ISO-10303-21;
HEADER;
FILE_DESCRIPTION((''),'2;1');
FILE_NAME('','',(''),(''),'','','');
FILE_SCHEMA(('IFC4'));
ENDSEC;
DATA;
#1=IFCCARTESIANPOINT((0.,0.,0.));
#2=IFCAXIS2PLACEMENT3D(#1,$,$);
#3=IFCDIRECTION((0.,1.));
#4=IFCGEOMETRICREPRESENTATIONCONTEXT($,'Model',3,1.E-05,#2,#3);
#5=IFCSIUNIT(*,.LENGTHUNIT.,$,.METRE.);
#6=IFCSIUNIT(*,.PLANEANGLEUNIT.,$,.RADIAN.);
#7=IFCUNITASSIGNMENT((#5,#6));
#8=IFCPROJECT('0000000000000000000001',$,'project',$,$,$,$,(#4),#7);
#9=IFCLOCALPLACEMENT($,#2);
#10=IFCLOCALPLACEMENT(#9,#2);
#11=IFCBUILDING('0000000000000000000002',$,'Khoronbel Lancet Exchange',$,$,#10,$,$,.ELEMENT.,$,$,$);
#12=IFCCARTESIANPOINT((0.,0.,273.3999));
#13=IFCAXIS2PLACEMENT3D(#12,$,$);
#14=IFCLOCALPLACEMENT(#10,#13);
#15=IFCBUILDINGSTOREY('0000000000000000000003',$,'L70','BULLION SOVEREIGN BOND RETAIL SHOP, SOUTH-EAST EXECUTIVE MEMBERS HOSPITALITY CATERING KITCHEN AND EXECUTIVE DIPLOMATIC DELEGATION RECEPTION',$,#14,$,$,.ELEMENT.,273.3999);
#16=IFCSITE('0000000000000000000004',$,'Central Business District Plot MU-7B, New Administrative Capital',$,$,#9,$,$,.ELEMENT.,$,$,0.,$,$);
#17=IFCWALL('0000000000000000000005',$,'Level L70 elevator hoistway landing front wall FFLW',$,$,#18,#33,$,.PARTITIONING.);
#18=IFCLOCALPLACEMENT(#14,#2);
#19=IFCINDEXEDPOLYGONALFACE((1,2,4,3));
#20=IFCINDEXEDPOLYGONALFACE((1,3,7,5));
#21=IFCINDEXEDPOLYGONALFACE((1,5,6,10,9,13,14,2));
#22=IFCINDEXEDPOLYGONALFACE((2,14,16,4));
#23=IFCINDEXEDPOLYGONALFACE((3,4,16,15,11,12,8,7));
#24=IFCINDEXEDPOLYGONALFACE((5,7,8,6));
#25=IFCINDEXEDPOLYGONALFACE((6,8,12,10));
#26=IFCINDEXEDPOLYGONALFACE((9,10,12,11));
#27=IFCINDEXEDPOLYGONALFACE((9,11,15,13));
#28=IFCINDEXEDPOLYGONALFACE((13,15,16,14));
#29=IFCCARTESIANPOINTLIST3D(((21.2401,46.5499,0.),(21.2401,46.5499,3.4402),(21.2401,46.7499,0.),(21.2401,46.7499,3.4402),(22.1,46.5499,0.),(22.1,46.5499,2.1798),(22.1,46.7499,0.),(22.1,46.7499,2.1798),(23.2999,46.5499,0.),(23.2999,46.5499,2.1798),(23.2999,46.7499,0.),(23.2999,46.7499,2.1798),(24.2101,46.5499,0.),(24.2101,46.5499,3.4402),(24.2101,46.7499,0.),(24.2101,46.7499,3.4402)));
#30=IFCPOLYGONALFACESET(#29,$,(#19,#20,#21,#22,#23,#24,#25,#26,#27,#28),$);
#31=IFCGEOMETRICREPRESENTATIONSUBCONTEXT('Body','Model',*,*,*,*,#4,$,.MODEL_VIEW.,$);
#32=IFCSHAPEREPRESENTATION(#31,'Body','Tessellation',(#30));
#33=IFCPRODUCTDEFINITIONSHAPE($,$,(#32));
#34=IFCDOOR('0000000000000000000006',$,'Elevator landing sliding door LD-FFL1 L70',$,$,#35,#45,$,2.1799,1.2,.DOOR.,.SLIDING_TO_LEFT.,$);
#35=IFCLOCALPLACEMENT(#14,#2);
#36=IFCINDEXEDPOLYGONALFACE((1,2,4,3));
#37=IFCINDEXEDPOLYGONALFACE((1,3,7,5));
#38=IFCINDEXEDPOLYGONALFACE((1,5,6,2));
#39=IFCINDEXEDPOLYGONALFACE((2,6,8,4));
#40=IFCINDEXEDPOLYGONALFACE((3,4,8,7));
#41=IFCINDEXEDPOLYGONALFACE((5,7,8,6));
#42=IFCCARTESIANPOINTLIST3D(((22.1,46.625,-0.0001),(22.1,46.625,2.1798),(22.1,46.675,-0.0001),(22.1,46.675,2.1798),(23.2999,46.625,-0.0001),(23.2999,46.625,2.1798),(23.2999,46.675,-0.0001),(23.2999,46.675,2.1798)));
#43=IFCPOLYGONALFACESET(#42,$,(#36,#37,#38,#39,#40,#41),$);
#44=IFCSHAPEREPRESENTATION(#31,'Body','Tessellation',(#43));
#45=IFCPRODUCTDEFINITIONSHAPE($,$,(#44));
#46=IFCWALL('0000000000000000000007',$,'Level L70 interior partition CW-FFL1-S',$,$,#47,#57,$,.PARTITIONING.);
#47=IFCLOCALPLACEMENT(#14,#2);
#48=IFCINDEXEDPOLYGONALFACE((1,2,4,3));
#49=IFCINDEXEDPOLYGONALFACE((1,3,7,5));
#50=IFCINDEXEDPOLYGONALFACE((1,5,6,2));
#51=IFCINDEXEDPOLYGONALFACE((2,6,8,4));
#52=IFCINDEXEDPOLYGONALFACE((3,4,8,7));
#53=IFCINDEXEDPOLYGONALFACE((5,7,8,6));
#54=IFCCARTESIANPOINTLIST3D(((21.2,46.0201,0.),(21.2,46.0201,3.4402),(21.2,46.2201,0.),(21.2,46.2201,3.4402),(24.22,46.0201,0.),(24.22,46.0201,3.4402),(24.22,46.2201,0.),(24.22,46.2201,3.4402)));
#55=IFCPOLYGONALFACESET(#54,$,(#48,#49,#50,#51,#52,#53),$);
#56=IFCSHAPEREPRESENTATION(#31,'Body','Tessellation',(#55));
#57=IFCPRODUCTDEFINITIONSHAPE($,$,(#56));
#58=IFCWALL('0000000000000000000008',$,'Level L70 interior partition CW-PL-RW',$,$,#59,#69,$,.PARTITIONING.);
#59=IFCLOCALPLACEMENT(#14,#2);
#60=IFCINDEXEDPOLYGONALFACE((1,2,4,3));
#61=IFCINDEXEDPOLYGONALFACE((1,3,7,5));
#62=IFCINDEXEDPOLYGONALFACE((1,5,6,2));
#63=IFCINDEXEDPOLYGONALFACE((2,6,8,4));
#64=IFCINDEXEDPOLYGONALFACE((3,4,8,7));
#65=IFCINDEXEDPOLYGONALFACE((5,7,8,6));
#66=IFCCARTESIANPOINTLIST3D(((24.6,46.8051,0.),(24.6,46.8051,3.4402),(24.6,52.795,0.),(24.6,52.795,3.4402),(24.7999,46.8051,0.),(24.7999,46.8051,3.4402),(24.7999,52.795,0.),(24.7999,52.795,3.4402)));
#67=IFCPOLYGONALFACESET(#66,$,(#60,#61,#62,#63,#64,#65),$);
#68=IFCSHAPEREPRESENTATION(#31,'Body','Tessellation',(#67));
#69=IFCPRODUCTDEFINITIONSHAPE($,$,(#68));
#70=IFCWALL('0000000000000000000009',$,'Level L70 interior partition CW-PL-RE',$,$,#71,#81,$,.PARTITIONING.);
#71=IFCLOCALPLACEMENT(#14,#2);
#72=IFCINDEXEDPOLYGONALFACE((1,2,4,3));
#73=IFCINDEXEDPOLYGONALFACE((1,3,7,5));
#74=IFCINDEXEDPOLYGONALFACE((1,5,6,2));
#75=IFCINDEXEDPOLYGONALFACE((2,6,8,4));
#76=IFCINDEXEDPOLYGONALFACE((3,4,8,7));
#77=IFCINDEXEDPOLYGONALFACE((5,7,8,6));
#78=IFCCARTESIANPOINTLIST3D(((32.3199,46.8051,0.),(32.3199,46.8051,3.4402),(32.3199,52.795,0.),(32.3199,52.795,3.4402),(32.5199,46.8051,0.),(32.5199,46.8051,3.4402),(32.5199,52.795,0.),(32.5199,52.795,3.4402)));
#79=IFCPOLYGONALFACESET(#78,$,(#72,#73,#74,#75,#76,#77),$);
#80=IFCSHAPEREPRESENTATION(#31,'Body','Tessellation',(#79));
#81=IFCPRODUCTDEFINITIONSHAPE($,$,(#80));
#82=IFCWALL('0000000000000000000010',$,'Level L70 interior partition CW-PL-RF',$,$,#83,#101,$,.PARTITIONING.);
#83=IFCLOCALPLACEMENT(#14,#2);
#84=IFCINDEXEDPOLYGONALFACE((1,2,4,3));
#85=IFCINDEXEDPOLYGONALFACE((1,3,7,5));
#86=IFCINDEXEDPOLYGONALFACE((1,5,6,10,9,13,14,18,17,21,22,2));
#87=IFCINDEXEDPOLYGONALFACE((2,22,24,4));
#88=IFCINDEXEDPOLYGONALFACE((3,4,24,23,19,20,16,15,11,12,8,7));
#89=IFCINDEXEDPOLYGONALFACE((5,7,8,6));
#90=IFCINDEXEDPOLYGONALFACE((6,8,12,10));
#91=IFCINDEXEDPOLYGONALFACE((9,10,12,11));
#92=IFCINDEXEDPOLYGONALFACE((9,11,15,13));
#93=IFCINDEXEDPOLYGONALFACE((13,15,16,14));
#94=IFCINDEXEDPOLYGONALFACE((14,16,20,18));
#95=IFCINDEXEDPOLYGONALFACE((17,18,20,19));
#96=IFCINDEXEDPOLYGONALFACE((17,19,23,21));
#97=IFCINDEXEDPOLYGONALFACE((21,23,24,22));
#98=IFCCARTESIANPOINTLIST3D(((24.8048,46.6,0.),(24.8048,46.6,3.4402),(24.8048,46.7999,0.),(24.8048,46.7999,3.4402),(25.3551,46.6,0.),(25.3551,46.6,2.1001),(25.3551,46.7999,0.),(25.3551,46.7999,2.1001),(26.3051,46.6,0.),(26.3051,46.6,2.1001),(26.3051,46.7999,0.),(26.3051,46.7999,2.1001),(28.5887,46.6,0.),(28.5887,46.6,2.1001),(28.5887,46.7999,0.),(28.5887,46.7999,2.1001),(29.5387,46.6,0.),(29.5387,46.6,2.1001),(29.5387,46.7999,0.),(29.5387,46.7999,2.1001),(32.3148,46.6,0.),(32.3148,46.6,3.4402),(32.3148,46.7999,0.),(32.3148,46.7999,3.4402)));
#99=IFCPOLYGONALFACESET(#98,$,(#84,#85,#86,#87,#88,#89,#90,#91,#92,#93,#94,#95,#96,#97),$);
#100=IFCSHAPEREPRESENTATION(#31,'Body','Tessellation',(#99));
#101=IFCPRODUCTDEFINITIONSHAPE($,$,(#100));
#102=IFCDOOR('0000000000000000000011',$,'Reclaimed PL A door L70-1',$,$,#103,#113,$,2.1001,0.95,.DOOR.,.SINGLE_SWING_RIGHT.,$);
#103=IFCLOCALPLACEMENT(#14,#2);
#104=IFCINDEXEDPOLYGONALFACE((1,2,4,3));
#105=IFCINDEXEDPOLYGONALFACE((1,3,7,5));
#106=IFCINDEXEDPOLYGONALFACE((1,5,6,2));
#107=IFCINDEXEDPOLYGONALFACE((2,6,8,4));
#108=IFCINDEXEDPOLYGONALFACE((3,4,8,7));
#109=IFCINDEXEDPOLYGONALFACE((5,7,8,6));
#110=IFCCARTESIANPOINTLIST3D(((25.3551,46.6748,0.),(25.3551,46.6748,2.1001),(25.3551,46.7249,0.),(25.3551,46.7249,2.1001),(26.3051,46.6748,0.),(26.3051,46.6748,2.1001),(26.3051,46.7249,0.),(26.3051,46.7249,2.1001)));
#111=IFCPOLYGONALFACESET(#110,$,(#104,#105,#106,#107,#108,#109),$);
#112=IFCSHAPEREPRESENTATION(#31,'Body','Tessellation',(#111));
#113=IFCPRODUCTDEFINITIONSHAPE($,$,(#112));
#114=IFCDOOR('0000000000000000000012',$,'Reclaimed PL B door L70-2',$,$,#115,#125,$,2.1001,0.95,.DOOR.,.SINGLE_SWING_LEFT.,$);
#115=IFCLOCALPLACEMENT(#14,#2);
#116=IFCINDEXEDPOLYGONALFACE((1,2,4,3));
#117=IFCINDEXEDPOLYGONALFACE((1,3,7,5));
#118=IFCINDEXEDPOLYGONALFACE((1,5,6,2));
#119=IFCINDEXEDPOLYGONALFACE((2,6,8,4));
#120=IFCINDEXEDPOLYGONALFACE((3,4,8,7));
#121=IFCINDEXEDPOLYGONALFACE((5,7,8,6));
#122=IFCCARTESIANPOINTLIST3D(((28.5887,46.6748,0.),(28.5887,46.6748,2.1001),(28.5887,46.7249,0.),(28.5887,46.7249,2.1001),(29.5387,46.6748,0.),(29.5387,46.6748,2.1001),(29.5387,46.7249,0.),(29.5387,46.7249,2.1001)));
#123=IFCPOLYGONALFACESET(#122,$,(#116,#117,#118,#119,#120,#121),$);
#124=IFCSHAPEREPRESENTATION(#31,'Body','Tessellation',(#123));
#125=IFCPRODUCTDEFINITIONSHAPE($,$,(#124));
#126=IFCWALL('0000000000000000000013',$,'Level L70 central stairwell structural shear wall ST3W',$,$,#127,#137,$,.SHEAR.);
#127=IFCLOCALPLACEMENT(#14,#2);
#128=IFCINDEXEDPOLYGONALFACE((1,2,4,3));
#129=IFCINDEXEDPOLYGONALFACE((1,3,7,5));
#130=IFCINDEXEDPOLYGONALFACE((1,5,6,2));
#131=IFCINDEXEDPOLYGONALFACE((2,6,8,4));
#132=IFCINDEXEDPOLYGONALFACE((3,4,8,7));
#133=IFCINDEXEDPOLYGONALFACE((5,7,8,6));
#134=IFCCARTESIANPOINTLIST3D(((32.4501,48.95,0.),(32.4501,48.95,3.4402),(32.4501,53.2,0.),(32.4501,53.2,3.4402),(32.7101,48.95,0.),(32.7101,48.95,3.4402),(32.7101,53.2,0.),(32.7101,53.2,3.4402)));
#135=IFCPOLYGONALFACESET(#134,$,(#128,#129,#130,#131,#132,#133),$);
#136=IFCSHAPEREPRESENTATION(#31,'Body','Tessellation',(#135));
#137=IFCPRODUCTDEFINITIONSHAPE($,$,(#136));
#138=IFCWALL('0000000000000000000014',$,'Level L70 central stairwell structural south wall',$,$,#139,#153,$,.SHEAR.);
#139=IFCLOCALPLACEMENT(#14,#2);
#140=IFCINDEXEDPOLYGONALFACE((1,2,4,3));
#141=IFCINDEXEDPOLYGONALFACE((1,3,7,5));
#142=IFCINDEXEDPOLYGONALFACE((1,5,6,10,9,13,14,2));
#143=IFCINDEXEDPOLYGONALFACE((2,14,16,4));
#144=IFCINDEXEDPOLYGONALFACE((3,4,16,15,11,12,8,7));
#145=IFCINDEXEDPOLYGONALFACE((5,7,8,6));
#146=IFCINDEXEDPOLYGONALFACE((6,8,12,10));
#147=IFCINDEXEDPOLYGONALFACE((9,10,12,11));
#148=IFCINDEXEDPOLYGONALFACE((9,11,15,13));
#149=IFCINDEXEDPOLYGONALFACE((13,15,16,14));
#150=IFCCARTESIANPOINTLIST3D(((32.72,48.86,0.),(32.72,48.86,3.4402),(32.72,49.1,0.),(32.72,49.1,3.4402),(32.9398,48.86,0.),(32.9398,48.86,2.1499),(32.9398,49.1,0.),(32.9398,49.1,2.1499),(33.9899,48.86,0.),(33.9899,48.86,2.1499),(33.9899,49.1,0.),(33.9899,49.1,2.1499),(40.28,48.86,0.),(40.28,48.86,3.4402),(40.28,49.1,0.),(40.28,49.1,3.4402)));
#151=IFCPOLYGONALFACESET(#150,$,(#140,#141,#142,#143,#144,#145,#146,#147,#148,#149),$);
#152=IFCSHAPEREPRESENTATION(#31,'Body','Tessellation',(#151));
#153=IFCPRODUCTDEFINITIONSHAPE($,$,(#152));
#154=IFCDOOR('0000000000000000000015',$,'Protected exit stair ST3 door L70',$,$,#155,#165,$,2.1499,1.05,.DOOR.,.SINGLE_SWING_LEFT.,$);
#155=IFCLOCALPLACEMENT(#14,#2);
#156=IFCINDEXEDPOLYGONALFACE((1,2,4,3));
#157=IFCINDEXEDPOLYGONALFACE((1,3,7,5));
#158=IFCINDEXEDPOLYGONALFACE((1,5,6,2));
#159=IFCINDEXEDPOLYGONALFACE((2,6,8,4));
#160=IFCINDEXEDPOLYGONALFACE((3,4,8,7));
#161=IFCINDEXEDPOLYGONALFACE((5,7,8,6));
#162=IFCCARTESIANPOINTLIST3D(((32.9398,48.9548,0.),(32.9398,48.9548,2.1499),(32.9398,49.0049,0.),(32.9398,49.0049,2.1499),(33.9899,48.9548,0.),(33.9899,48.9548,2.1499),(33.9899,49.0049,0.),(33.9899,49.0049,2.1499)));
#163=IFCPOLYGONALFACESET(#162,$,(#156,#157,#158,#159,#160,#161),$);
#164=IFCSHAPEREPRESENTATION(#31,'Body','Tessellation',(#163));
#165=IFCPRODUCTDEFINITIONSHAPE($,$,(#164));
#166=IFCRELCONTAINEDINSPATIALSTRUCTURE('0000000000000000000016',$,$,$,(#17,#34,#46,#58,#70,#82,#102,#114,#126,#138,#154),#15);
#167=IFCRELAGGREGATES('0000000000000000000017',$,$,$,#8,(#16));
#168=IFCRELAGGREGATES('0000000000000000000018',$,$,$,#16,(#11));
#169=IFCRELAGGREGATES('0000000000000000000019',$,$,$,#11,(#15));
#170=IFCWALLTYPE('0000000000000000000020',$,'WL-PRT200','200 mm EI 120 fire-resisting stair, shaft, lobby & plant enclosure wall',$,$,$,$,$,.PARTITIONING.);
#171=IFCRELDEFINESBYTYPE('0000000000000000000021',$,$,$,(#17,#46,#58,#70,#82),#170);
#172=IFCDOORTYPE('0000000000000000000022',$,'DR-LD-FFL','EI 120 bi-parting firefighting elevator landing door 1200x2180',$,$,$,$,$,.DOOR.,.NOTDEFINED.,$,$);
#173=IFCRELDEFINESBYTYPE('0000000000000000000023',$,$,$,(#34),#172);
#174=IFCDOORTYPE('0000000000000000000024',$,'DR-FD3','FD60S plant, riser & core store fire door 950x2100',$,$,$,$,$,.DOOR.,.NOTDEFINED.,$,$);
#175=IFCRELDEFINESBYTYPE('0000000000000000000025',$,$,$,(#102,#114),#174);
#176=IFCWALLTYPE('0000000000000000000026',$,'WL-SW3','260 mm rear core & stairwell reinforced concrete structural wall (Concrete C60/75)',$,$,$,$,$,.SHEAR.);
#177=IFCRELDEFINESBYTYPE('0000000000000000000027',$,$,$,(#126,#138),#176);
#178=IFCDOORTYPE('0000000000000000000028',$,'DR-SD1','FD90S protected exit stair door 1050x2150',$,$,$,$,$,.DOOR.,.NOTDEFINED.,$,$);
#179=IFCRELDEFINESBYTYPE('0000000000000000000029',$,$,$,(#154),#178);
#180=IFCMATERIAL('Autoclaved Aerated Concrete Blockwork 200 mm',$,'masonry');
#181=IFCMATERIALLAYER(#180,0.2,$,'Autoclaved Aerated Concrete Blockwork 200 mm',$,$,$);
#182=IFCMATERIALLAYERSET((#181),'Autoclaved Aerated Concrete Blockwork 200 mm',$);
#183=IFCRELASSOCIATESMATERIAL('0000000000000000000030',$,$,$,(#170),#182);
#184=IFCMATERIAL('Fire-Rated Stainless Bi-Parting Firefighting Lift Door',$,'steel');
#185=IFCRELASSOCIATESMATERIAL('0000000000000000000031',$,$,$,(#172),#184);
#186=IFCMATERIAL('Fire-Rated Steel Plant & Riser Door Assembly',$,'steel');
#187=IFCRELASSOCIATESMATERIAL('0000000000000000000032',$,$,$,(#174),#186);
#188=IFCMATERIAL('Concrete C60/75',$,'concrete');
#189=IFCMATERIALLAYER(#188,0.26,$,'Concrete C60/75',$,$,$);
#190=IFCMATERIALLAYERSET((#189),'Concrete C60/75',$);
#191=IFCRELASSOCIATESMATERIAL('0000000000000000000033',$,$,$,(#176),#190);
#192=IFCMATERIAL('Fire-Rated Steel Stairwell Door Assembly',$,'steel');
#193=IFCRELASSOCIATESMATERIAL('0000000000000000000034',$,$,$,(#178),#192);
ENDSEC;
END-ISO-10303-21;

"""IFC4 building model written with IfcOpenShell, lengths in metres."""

from ifc_helpers import new_model, si_unit, direction, frame, frame_2d, origin, place, context, subcontext, project, spatial, rectangle, extrude, material, layer, layer_set, type_object, element, fill, save


model = new_model("IFC4")

# Units and contexts
model_context = context("Model", 3, precision=1e-05, world=origin(), true_north=direction((0.0, 1.0)))
body_context = subcontext(model_context, "Body", "Model", "MODEL_VIEW")
ifc_project = project(units=[si_unit("LENGTHUNIT", "METRE"), si_unit("PLANEANGLEUNIT", "RADIAN")], contexts=[model_context])

# Site, building, storey
site_placement = place(None, origin())
site = spatial("IfcSite", under=ifc_project, at=site_placement, Name="Central Business District Plot MU-7B, New Administrative Capital", CompositionType="ELEMENT", RefElevation=0.0)
building_placement = place(site_placement, origin())
building = spatial("IfcBuilding", under=site, at=building_placement, Name="Khoronbel Lancet Exchange", CompositionType="ELEMENT")
storey_placement = place(building_placement, frame((0.0, 0.0, 273.3999)))
storey = spatial("IfcBuildingStorey", under=building, at=storey_placement, Name="L70", Description="BULLION SOVEREIGN BOND RETAIL SHOP, SOUTH-EAST EXECUTIVE MEMBERS HOSPITALITY CATERING KITCHEN AND EXECUTIVE DIPLOMATIC DELEGATION RECEPTION", CompositionType="ELEMENT", Elevation=273.3999)

# Wall, opening, door
ifc_material_1 = material(Name="Autoclaved Aerated Concrete Blockwork 200 mm", Category="masonry")
ifc_layer_1 = layer(ifc_material_1, 0.2, Name="Autoclaved Aerated Concrete Blockwork 200 mm")
ifc_layer_set_1 = layer_set([ifc_layer_1], Name="Autoclaved Aerated Concrete Blockwork 200 mm")
wall_type_1 = type_object("IfcWallType", Name="WL-PRT200", Description="200 mm EI 120 fire-resisting stair, shaft, lobby & plant enclosure wall", PredefinedType="PARTITIONING", material=ifc_layer_set_1)
wall_1_placement = place(storey_placement, frame((24.21, 46.6499, 0.0), z_axis=(0.0, 0.0, 1.0), x_axis=(-1.0, 0.0, 0.0)))
wall_1 = element("IfcWall", 1, at=wall_1_placement, inside=storey, type_object=wall_type_1, Name="Level L70 elevator hoistway landing front wall FFLW", PredefinedType="PARTITIONING", context=body_context, shape_type="SweptSolid", body=[
    extrude(rectangle(XDim=2.97, YDim=0.2, at=frame_2d((1.4849, 0.0))), origin(), (0.0, 0.0, 1.0), 3.4402),
])
opening_1_placement = place(wall_1_placement, frame((0.9099, 0.0, 0.0)))
opening_1 = element("IfcOpeningElement", 2, at=opening_1_placement, cuts=wall_1, PredefinedType="OPENING", context=body_context, shape_type="SweptSolid", body=[
    extrude(rectangle(XDim=1.2, YDim=2.1799, at=frame_2d((0.6001, 1.0898))), frame((0.0, 0.1099, 0.0), z_axis=(0.0, -1.0, 0.0), x_axis=(1.0, 0.0, 0.0)), (0.0, 0.0, 1.0), 0.22),
])
ifc_material_2 = material(Name="Fire-Rated Stainless Bi-Parting Firefighting Lift Door", Category="steel")
door_type_1 = type_object("IfcDoorType", Name="DR-LD-FFL", Description="EI 120 bi-parting firefighting elevator landing door 1200x2180", OperationType="NOTDEFINED", PredefinedType="DOOR", material=ifc_material_2)
door_1_placement = place(opening_1_placement, origin())
door_1 = element("IfcDoor", 3, at=door_1_placement, inside=storey, type_object=door_type_1, Name="Elevator landing sliding door LD-FFL1 L70", OperationType="SLIDING_TO_LEFT", OverallHeight=2.1799, OverallWidth=1.2, PredefinedType="DOOR", context=body_context, shape_type="SweptSolid", body=[
    extrude(rectangle(XDim=1.2, YDim=2.1799, at=frame_2d((0.6001, 1.0898))), frame((0.0, 0.0249, 0.0), z_axis=(0.0, -1.0, 0.0), x_axis=(1.0, 0.0, 0.0)), (0.0, 0.0, 1.0), 0.05),
])
fill(opening_1, door_1)

# Walls
wall_2_placement = place(storey_placement, frame((21.2, 46.1201, 0.0), z_axis=(0.0, 0.0, 1.0), x_axis=(1.0, 0.0, 0.0)))
element("IfcWall", 4, at=wall_2_placement, inside=storey, type_object=wall_type_1, Name="Level L70 interior partition CW-FFL1-S", PredefinedType="PARTITIONING", context=body_context, shape_type="SweptSolid", body=[
    extrude(rectangle(XDim=3.02, YDim=0.2, at=frame_2d((1.51, 0.0))), origin(), (0.0, 0.0, 1.0), 3.4402),
])
for number, where, z_axis, x_axis, name in (
    (5, (24.7, 46.8049, 0.0), (0.0, 0.0, 1.0), (0.0, 1.0, 0.0), "Level L70 interior partition CW-PL-RW"),
    (6, (32.4199, 46.8049, 0.0), (0.0, 0.0, 1.0), (0.0, 1.0, 0.0), "Level L70 interior partition CW-PL-RE"),
):
    element("IfcWall", number, at=place(storey_placement, frame(where, z_axis=z_axis, x_axis=x_axis)), inside=storey, type_object=wall_type_1, Name=name, PredefinedType="PARTITIONING", context=body_context, shape_type="SweptSolid", body=[
        extrude(rectangle(XDim=5.99, YDim=0.2, at=frame_2d((2.9951, 0.0))), origin(), (0.0, 0.0, 1.0), 3.4402),
    ])

# Wall, openings, doors
wall_3_placement = place(storey_placement, frame((24.8049, 46.7, 0.0), z_axis=(0.0, 0.0, 1.0), x_axis=(1.0, 0.0, 0.0)))
wall_3 = element("IfcWall", 7, at=wall_3_placement, inside=storey, type_object=wall_type_1, Name="Level L70 interior partition CW-PL-RF", PredefinedType="PARTITIONING", context=body_context, shape_type="SweptSolid", body=[
    extrude(rectangle(XDim=7.51, YDim=0.2, at=frame_2d((3.7549, 0.0))), origin(), (0.0, 0.0, 1.0), 3.4402),
])
opening_2_placement = place(wall_3_placement, frame((0.55, 0.0, 0.0)))
opening_2 = element("IfcOpeningElement", 8, at=opening_2_placement, cuts=wall_3, PredefinedType="OPENING", context=body_context, shape_type="SweptSolid", body=[
    extrude(rectangle(XDim=0.95, YDim=2.1001, at=frame_2d((0.4751, 1.05))), frame((0.0, 0.1099, 0.0), z_axis=(0.0, -1.0, 0.0), x_axis=(1.0, 0.0, 0.0)), (0.0, 0.0, 1.0), 0.22),
])
opening_3_placement = place(wall_3_placement, frame((3.7837, 0.0, 0.0)))
opening_3 = element("IfcOpeningElement", 9, at=opening_3_placement, cuts=wall_3, PredefinedType="OPENING", context=body_context, shape_type="SweptSolid", body=[
    extrude(rectangle(XDim=0.95, YDim=2.1001, at=frame_2d((0.4751, 1.05))), frame((0.0, 0.1099, 0.0), z_axis=(0.0, -1.0, 0.0), x_axis=(1.0, 0.0, 0.0)), (0.0, 0.0, 1.0), 0.22),
])
ifc_material_3 = material(Name="Fire-Rated Steel Plant & Riser Door Assembly", Category="steel")
door_type_2 = type_object("IfcDoorType", Name="DR-FD3", Description="FD60S plant, riser & core store fire door 950x2100", OperationType="NOTDEFINED", PredefinedType="DOOR", material=ifc_material_3)
door_2_placement = place(opening_2_placement, origin())
door_2 = element("IfcDoor", 10, at=door_2_placement, inside=storey, type_object=door_type_2, Name="Reclaimed PL A door L70-1", OperationType="SINGLE_SWING_RIGHT", OverallHeight=2.1001, OverallWidth=0.95, PredefinedType="DOOR", context=body_context, shape_type="SweptSolid", body=[
    extrude(rectangle(XDim=0.95, YDim=2.1001, at=frame_2d((0.4751, 1.05))), frame((0.0, 0.0249, 0.0), z_axis=(0.0, -1.0, 0.0), x_axis=(1.0, 0.0, 0.0)), (0.0, 0.0, 1.0), 0.05),
])
fill(opening_2, door_2)
door_3_placement = place(opening_3_placement, origin())
door_3 = element("IfcDoor", 11, at=door_3_placement, inside=storey, type_object=door_type_2, Name="Reclaimed PL B door L70-2", OperationType="SINGLE_SWING_LEFT", OverallHeight=2.1001, OverallWidth=0.95, PredefinedType="DOOR", context=body_context, shape_type="SweptSolid", body=[
    extrude(rectangle(XDim=0.95, YDim=2.1001, at=frame_2d((0.4751, 1.05))), frame((0.0, 0.0249, 0.0), z_axis=(0.0, -1.0, 0.0), x_axis=(1.0, 0.0, 0.0)), (0.0, 0.0, 1.0), 0.05),
])
fill(opening_3, door_3)

# Wall
ifc_material_4 = material(Name="Concrete C60/75", Category="concrete")
ifc_layer_2 = layer(ifc_material_4, 0.26, Name="Concrete C60/75")
ifc_layer_set_2 = layer_set([ifc_layer_2], Name="Concrete C60/75")
wall_type_2 = type_object("IfcWallType", Name="WL-SW3", Description="260 mm rear core & stairwell reinforced concrete structural wall (Concrete C60/75)", PredefinedType="SHEAR", material=ifc_layer_set_2)
wall_4_placement = place(storey_placement, frame((32.5801, 48.95, 0.0), z_axis=(0.0, 0.0, 1.0), x_axis=(0.0, 1.0, 0.0)))
element("IfcWall", 12, at=wall_4_placement, inside=storey, type_object=wall_type_2, Name="Level L70 central stairwell structural shear wall ST3W", PredefinedType="SHEAR", context=body_context, shape_type="SweptSolid", body=[
    extrude(rectangle(XDim=4.25, YDim=0.26, at=frame_2d((2.125, 0.0))), origin(), (0.0, 0.0, 1.0), 3.4402),
])

# Wall, opening, door
wall_5_placement = place(storey_placement, frame((32.72, 48.98, 0.0), z_axis=(0.0, 0.0, 1.0), x_axis=(1.0, 0.0, 0.0)))
wall_5 = element("IfcWall", 13, at=wall_5_placement, inside=storey, type_object=wall_type_2, Name="Level L70 central stairwell structural south wall", PredefinedType="SHEAR", context=body_context, shape_type="SweptSolid", body=[
    extrude(rectangle(XDim=7.5601, YDim=0.24, at=frame_2d((3.78, 0.0))), origin(), (0.0, 0.0, 1.0), 3.4402),
])
opening_4_placement = place(wall_5_placement, frame((0.22, 0.0, 0.0)))
opening_4 = element("IfcOpeningElement", 14, at=opening_4_placement, cuts=wall_5, PredefinedType="OPENING", context=body_context, shape_type="SweptSolid", body=[
    extrude(rectangle(XDim=1.05, YDim=2.1499, at=frame_2d((0.5249, 1.075))), frame((0.0, 0.1299, 0.0), z_axis=(0.0, -1.0, 0.0), x_axis=(1.0, 0.0, 0.0)), (0.0, 0.0, 1.0), 0.26),
])
ifc_material_5 = material(Name="Fire-Rated Steel Stairwell Door Assembly", Category="steel")
door_type_3 = type_object("IfcDoorType", Name="DR-SD1", Description="FD90S protected exit stair door 1050x2150", OperationType="NOTDEFINED", PredefinedType="DOOR", material=ifc_material_5)
door_4_placement = place(opening_4_placement, origin())
door_4 = element("IfcDoor", 15, at=door_4_placement, inside=storey, type_object=door_type_3, Name="Protected exit stair ST3 door L70", OperationType="SINGLE_SWING_LEFT", OverallHeight=2.1499, OverallWidth=1.05, PredefinedType="DOOR", context=body_context, shape_type="SweptSolid", body=[
    extrude(rectangle(XDim=1.05, YDim=2.1499, at=frame_2d((0.5249, 1.075))), frame((0.0, 0.0249, 0.0), z_axis=(0.0, -1.0, 0.0), x_axis=(1.0, 0.0, 0.0)), (0.0, 0.0, 1.0), 0.05),
])
fill(opening_4, door_4)

save(model, "model.ifc")
